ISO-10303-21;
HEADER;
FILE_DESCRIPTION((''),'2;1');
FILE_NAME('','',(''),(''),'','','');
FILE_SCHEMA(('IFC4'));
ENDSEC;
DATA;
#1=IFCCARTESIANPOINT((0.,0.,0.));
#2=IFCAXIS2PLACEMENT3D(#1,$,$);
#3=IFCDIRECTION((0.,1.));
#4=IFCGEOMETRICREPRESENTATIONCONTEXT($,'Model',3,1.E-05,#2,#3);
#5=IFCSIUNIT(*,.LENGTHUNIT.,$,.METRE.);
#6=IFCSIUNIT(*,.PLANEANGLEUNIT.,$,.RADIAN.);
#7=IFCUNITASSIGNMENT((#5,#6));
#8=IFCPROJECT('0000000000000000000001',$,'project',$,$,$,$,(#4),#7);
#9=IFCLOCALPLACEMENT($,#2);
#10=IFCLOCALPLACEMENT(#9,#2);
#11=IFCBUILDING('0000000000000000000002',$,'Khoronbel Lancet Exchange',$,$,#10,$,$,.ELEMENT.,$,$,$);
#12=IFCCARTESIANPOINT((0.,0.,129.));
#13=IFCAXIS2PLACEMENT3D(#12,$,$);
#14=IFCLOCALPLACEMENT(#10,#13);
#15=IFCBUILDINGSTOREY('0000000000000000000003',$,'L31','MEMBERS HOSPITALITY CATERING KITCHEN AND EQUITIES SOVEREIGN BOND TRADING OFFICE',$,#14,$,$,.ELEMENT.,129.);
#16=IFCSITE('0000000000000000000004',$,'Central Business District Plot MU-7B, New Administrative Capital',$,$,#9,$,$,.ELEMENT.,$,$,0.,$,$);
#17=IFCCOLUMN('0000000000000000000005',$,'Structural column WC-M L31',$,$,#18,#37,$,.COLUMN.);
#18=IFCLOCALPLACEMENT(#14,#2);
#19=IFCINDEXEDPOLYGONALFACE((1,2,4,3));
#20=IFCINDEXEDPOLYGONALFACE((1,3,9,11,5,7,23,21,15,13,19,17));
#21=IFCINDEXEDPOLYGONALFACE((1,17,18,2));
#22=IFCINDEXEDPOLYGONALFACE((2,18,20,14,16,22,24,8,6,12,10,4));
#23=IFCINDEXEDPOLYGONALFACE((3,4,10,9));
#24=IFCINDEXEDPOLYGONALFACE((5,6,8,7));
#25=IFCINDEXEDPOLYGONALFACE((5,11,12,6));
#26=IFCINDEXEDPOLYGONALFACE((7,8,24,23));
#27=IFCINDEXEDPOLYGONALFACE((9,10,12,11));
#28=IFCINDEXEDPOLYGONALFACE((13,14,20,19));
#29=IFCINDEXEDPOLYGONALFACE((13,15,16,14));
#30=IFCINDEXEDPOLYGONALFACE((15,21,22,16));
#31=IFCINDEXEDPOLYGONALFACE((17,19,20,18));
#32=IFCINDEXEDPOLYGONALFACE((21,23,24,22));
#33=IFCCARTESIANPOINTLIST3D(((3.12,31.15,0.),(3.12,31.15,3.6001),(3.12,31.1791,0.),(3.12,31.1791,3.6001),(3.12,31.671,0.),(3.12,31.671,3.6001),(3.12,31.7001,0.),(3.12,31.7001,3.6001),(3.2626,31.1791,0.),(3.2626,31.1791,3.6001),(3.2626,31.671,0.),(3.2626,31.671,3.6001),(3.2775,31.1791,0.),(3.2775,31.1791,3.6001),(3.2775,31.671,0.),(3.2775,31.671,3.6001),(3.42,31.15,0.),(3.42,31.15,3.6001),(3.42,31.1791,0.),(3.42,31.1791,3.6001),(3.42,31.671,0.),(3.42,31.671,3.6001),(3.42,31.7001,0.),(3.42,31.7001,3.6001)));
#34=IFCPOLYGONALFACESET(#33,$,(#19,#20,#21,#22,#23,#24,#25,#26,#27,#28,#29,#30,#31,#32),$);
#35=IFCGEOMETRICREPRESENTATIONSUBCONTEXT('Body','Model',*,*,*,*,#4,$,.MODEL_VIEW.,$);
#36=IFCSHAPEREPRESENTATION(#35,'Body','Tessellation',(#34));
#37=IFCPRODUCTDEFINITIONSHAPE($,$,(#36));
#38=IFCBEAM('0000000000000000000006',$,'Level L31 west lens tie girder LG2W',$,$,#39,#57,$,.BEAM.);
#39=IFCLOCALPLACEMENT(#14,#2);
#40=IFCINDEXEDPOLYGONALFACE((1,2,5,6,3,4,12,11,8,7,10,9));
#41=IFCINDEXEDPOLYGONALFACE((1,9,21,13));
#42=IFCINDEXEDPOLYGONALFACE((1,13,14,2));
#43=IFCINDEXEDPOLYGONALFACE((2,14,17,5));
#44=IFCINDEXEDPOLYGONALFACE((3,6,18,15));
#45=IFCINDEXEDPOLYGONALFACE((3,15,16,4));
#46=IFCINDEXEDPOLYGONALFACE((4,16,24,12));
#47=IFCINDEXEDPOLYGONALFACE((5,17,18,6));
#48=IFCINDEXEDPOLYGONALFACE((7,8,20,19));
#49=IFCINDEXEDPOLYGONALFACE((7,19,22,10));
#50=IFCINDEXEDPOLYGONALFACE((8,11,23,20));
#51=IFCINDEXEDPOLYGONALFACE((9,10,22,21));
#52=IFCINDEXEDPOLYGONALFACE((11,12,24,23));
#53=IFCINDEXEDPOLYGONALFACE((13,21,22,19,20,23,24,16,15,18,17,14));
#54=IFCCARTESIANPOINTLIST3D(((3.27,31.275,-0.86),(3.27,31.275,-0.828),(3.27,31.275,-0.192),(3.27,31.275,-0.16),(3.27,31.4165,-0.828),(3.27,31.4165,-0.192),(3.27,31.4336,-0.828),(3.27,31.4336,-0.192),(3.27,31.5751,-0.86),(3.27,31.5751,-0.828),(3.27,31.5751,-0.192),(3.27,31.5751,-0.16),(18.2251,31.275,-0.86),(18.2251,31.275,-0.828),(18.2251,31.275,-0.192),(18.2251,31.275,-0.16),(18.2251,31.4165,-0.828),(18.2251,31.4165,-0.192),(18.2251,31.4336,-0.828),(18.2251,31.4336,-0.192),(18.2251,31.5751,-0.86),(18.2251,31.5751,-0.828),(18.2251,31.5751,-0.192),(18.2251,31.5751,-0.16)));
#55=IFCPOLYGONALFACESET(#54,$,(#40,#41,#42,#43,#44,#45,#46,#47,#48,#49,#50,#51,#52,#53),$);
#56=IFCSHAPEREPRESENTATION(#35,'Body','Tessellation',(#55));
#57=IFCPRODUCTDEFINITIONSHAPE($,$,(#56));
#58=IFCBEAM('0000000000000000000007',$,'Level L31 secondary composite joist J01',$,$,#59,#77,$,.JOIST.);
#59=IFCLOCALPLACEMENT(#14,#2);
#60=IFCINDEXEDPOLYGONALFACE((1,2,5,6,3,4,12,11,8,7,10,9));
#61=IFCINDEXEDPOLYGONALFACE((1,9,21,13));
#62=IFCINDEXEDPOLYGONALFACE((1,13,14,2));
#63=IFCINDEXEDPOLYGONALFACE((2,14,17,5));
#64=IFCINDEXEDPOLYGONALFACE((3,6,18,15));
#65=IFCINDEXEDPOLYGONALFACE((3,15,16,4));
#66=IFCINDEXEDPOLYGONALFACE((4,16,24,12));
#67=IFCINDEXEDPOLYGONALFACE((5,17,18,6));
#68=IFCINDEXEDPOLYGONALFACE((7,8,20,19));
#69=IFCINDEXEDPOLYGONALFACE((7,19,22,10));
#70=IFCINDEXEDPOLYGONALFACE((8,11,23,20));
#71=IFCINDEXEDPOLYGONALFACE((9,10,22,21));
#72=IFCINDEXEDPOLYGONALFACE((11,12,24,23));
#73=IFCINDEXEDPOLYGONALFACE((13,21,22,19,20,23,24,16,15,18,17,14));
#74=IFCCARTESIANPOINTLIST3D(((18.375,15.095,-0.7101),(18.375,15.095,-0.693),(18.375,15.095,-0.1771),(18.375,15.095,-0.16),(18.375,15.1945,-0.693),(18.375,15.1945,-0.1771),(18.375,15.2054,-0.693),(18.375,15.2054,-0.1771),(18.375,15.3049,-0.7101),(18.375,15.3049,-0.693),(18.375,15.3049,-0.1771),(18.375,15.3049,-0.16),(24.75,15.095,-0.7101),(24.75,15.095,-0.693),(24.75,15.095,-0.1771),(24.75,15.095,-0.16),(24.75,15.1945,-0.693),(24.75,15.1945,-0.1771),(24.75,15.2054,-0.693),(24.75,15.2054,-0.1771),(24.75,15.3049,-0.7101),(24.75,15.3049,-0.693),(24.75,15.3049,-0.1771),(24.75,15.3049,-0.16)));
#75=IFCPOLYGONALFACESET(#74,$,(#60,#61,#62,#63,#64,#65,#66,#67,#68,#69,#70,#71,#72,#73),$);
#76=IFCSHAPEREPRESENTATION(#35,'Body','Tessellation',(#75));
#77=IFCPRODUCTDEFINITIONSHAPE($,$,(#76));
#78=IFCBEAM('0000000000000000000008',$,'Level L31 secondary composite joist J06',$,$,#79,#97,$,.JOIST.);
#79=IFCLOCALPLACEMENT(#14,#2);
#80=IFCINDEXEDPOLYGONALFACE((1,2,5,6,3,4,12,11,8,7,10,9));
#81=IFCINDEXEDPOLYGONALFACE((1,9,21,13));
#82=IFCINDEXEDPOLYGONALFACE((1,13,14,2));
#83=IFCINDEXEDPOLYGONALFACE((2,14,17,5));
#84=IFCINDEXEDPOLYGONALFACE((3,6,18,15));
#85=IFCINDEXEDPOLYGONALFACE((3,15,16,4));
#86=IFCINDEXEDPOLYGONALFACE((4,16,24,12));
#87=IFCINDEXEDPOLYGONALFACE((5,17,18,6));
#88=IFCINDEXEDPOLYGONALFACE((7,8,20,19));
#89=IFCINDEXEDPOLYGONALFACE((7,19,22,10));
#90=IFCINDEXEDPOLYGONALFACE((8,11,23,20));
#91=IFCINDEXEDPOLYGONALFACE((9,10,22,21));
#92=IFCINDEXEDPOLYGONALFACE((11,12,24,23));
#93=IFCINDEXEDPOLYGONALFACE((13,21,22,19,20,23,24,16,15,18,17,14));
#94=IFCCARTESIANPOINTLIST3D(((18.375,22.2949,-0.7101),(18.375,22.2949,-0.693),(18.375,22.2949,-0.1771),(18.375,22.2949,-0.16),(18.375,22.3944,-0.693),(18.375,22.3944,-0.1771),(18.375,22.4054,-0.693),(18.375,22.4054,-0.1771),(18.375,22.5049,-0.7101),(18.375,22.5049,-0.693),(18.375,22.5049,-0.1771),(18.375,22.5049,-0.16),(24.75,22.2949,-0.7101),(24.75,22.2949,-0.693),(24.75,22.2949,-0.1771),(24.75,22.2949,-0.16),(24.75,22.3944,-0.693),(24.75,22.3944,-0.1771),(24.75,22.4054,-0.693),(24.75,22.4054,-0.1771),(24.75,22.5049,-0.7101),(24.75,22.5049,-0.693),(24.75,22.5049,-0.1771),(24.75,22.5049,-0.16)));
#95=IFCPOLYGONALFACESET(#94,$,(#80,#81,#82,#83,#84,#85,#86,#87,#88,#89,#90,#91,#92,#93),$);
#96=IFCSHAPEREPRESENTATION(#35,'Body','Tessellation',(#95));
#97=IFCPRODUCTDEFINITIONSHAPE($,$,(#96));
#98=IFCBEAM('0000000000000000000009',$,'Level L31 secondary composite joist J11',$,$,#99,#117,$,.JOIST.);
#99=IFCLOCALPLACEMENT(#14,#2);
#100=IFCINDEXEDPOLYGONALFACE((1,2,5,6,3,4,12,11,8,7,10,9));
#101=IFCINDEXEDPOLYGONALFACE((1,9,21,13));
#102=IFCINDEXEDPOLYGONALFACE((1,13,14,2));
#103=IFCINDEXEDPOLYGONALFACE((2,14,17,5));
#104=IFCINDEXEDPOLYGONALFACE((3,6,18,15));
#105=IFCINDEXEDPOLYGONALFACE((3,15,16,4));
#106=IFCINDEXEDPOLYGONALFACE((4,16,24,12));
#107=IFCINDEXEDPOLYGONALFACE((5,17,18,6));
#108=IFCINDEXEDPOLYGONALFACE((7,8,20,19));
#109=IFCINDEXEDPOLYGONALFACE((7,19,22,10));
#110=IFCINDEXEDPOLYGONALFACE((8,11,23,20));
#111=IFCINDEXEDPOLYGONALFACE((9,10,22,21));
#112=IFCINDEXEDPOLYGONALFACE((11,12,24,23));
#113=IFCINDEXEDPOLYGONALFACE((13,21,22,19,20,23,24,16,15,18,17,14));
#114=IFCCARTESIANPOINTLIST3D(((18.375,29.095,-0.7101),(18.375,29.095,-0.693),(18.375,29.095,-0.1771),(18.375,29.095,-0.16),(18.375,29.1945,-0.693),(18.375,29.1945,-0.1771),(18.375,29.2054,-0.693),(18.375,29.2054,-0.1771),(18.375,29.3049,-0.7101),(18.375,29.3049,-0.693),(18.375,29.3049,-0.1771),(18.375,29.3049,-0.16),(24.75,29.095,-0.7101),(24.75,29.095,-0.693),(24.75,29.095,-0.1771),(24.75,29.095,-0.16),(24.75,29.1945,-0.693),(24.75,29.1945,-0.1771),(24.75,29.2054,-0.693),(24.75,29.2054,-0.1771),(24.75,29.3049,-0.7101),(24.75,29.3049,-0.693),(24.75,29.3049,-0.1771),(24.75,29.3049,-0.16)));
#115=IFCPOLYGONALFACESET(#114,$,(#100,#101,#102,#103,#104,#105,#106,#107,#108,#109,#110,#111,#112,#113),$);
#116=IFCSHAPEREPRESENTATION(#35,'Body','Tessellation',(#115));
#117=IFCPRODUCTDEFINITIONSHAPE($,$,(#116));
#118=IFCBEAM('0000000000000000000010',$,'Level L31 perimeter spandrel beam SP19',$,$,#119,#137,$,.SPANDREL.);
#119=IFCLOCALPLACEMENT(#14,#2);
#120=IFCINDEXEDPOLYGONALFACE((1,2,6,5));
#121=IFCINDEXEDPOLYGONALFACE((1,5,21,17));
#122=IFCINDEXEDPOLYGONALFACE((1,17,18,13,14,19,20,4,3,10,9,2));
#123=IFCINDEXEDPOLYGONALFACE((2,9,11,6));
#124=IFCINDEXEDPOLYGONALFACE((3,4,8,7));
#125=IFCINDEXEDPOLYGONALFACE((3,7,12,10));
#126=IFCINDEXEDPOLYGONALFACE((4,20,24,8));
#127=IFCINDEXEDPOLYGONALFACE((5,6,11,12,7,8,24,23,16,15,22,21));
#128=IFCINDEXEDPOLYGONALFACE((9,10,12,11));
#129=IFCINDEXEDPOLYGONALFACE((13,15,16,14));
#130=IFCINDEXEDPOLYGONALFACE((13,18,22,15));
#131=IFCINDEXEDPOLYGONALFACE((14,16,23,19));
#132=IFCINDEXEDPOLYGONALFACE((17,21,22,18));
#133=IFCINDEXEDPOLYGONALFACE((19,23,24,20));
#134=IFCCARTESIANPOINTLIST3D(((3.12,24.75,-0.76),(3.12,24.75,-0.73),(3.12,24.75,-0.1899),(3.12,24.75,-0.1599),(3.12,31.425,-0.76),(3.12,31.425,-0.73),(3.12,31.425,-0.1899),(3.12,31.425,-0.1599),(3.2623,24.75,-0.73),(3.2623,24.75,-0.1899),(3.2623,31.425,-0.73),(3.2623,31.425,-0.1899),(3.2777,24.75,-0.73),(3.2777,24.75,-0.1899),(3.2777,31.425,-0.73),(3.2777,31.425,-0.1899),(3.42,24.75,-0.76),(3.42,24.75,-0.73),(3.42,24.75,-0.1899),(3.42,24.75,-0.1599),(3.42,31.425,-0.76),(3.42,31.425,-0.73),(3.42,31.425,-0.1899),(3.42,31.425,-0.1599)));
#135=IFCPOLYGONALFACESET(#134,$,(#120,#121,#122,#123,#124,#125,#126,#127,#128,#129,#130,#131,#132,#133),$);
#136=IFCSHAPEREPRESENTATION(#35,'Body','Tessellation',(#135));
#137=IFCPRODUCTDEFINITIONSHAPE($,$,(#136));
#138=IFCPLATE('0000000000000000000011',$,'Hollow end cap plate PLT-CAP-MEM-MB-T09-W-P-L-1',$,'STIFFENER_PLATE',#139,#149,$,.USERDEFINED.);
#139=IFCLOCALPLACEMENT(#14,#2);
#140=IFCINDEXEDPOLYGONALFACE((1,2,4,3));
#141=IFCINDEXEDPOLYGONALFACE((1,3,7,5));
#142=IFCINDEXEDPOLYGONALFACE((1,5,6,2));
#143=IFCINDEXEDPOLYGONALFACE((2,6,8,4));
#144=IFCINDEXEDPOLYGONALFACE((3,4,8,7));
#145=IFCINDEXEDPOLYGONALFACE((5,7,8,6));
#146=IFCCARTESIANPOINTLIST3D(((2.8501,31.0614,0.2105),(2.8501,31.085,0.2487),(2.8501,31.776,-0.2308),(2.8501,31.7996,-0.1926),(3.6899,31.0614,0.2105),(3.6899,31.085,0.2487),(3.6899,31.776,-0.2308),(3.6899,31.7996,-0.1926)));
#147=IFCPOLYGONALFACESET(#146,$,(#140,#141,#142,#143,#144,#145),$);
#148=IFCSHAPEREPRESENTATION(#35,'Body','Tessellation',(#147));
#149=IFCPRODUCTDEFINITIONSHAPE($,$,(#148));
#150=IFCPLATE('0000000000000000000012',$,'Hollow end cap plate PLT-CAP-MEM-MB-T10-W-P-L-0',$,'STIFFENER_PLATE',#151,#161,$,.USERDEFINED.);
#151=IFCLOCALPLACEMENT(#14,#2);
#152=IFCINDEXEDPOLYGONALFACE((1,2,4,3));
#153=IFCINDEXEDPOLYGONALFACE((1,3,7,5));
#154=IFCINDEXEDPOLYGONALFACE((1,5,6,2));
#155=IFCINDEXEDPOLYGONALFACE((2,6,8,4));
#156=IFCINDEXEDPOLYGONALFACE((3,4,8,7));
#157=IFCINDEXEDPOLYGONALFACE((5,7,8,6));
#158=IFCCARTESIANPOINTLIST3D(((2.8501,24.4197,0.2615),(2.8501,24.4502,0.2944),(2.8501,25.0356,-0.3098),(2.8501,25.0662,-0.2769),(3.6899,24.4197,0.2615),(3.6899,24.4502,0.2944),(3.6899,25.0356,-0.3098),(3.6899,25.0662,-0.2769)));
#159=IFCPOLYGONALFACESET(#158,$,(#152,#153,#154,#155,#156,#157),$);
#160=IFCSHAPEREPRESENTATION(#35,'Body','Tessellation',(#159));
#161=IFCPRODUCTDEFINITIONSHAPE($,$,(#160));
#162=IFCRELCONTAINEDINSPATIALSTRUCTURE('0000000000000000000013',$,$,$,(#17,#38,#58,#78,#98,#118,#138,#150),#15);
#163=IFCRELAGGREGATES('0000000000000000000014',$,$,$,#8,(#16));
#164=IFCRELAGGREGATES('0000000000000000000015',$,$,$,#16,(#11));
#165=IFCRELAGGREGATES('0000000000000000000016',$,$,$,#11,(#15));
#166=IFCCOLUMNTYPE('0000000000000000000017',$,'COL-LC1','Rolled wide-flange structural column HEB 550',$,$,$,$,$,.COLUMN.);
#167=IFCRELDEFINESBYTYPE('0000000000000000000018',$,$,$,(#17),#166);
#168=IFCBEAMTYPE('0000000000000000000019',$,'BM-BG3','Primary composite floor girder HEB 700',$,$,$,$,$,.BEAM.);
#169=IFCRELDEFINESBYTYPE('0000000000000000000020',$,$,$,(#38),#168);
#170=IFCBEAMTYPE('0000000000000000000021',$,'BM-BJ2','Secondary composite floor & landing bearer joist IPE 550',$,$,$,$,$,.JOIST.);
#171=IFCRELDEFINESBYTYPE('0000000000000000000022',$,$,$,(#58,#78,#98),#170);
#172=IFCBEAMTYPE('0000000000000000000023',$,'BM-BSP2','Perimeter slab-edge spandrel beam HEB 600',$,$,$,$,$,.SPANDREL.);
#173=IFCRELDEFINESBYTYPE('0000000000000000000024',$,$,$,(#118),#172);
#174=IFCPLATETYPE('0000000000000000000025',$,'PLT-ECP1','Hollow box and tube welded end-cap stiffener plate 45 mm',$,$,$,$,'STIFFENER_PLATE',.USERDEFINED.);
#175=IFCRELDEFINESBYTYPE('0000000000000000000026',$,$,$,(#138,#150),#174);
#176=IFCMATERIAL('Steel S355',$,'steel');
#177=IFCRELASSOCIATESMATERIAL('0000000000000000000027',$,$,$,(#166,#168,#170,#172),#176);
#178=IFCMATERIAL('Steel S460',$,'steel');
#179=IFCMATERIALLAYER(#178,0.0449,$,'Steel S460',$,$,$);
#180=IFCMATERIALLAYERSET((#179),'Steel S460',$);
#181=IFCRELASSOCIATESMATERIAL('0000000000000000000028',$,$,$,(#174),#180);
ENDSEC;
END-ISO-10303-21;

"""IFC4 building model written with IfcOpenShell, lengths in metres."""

from ifc_helpers import new_model, si_unit, direction, frame, origin, origin_2d, place, context, subcontext, project, spatial, polyline, i_section, outline, extrude, material, layer, layer_set, material_profile, profile_set, type_object, element, save


model = new_model("IFC4")

# Units and contexts
model_context = context("Model", 3, precision=1e-05, world=origin(), true_north=direction((0.0, 1.0)))
body_context = subcontext(model_context, "Body", "Model", "MODEL_VIEW")
ifc_project = project(units=[si_unit("LENGTHUNIT", "METRE"), si_unit("PLANEANGLEUNIT", "RADIAN")], contexts=[model_context])

# Site, building, storey
site_placement = place(None, origin())
site = spatial("IfcSite", under=ifc_project, at=site_placement, Name="Central Business District Plot MU-7B, New Administrative Capital", CompositionType="ELEMENT", RefElevation=0.0)
building_placement = place(site_placement, origin())
building = spatial("IfcBuilding", under=site, at=building_placement, Name="Khoronbel Lancet Exchange", CompositionType="ELEMENT")
storey_placement = place(building_placement, frame((0.0, 0.0, 129.0)))
storey = spatial("IfcBuildingStorey", under=building, at=storey_placement, Name="L31", Description="MEMBERS HOSPITALITY CATERING KITCHEN AND EQUITIES SOVEREIGN BOND TRADING OFFICE", CompositionType="ELEMENT", Elevation=129.0)

# Column
ifc_material_1 = material(Name="Steel S355", Category="steel")
ifc_material_profile_1 = material_profile(ifc_material_1, i_section(OverallWidth=0.3, OverallDepth=0.55, WebThickness=0.0149, FlangeThickness=0.0291, at=origin_2d()), Name="HEB 550")
ifc_profile_set_1 = profile_set([ifc_material_profile_1], Name="Steel S355")
column_type = type_object("IfcColumnType", Name="COL-LC1", Description="Rolled wide-flange structural column HEB 550", PredefinedType="COLUMN", material=ifc_profile_set_1)
column_placement = place(storey_placement, frame((3.27, 31.425, 0.0), z_axis=(0.0, 0.0, 1.0), x_axis=(1.0, 0.0, 0.0)))
element("IfcColumn", 1, at=column_placement, inside=storey, type_object=column_type, Name="Structural column WC-M L31", PredefinedType="COLUMN", context=body_context, shape_type="SweptSolid", body=[
    extrude(i_section(OverallWidth=0.3, OverallDepth=0.55, WebThickness=0.0149, FlangeThickness=0.0291, at=origin_2d()), origin(), (0.0, 0.0, 1.0), 3.6001),
])

# Beams
ifc_material_profile_2 = material_profile(ifc_material_1, i_section(OverallWidth=0.3, OverallDepth=0.7, WebThickness=0.0171, FlangeThickness=0.032, at=origin_2d()), Name="HEB 700")
ifc_profile_set_2 = profile_set([ifc_material_profile_2], Name="Steel S355")
beam_type_1 = type_object("IfcBeamType", Name="BM-BG3", Description="Primary composite floor girder HEB 700", PredefinedType="BEAM", material=ifc_profile_set_2)
beam_1_placement = place(storey_placement, frame((3.27, 31.425, -0.51), z_axis=(1.0, 0.0, 0.0), x_axis=(0.0, 1.0, 0.0)))
element("IfcBeam", 2, at=beam_1_placement, inside=storey, type_object=beam_type_1, Name="Level L31 west lens tie girder LG2W", PredefinedType="BEAM", context=body_context, shape_type="SweptSolid", body=[
    extrude(i_section(OverallWidth=0.3, OverallDepth=0.7, WebThickness=0.0171, FlangeThickness=0.032, at=origin_2d()), origin(), (0.0, 0.0, 1.0), 14.9551),
])
ifc_material_profile_3 = material_profile(ifc_material_1, i_section(OverallWidth=0.21, OverallDepth=0.55, WebThickness=0.011, FlangeThickness=0.0171, at=origin_2d()), Name="IPE 550")
ifc_profile_set_3 = profile_set([ifc_material_profile_3], Name="Steel S355")
beam_type_2 = type_object("IfcBeamType", Name="BM-BJ2", Description="Secondary composite floor & landing bearer joist IPE 550", PredefinedType="JOIST", material=ifc_profile_set_3)
for number, where, z_axis, x_axis, name in (
    (3, (18.375, 15.2, -0.4351), (1.0, 0.0, 0.0), (0.0, 1.0, 0.0), "Level L31 secondary composite joist J01"),
    (4, (18.375, 22.3999, -0.4351), (1.0, 0.0, 0.0), (0.0, 1.0, 0.0), "Level L31 secondary composite joist J06"),
    (5, (18.375, 29.2, -0.4351), (1.0, 0.0, 0.0), (0.0, 1.0, 0.0), "Level L31 secondary composite joist J11"),
):
    element("IfcBeam", number, at=place(storey_placement, frame(where, z_axis=z_axis, x_axis=x_axis)), inside=storey, type_object=beam_type_2, Name=name, PredefinedType="JOIST", context=body_context, shape_type="SweptSolid", body=[
        extrude(i_section(OverallWidth=0.21, OverallDepth=0.55, WebThickness=0.011, FlangeThickness=0.0171, at=origin_2d()), origin(), (0.0, 0.0, 1.0), 6.375),
    ])
ifc_material_profile_4 = material_profile(ifc_material_1, i_section(OverallWidth=0.3, OverallDepth=0.6001, WebThickness=0.0154, FlangeThickness=0.03, at=origin_2d()), Name="HEB 600")
ifc_profile_set_4 = profile_set([ifc_material_profile_4], Name="Steel S355")
beam_type_3 = type_object("IfcBeamType", Name="BM-BSP2", Description="Perimeter slab-edge spandrel beam HEB 600", PredefinedType="SPANDREL", material=ifc_profile_set_4)
beam_2_placement = place(storey_placement, frame((3.27, 31.425, -0.46), z_axis=(0.0, -1.0, 0.0), x_axis=(1.0, 0.0, 0.0)))
element("IfcBeam", 6, at=beam_2_placement, inside=storey, type_object=beam_type_3, Name="Level L31 perimeter spandrel beam SP19", PredefinedType="SPANDREL", context=body_context, shape_type="SweptSolid", body=[
    extrude(i_section(OverallWidth=0.3, OverallDepth=0.6001, WebThickness=0.0154, FlangeThickness=0.03, at=origin_2d()), origin(), (0.0, 0.0, 1.0), 6.675),
])

# Plates
ifc_material_2 = material(Name="Steel S460", Category="steel")
ifc_layer_1 = layer(ifc_material_2, 0.0449, Name="Steel S460")
ifc_layer_set_1 = layer_set([ifc_layer_1], Name="Steel S460")
plate_type = type_object("IfcPlateType", Name="PLT-ECP1", Description="Hollow box and tube welded end-cap stiffener plate 45 mm", ElementType="STIFFENER_PLATE", PredefinedType="USERDEFINED", material=ifc_layer_set_1)
plate_1_placement = place(storey_placement, frame((3.6899, 31.7996, -0.1926), z_axis=(0.0, 0.525524, 0.850779), x_axis=(-1.0, 0.0, 0.0)))
element("IfcPlate", 7, at=plate_1_placement, inside=storey, type_object=plate_type, Name="Hollow end cap plate PLT-CAP-MEM-MB-T09-W-P-L-1", ObjectType="STIFFENER_PLATE", PredefinedType="USERDEFINED", context=body_context, shape_type="SweptSolid", body=[
    extrude(outline(polyline([(0.0, 0.0), (0.8398, 0.0), (0.8398, 0.8398), (0.0, 0.8398), (0.0, 0.0)])), origin(), (0.0, 0.0, -1.0), 0.0449),
])
plate_2_placement = place(storey_placement, frame((3.6899, 25.0662, -0.2769), z_axis=(0.0, 0.680016, 0.733197), x_axis=(-1.0, 0.0, 0.0)))
element("IfcPlate", 8, at=plate_2_placement, inside=storey, type_object=plate_type, Name="Hollow end cap plate PLT-CAP-MEM-MB-T10-W-P-L-0", ObjectType="STIFFENER_PLATE", PredefinedType="USERDEFINED", context=body_context, shape_type="SweptSolid", body=[
    extrude(outline(polyline([(0.0, 0.0), (0.8398, 0.0), (0.8398, 0.8401), (0.0, 0.8401), (0.0, 0.0)])), origin(), (0.0, 0.0, -1.0), 0.0449),
])

save(model, "model.ifc")
